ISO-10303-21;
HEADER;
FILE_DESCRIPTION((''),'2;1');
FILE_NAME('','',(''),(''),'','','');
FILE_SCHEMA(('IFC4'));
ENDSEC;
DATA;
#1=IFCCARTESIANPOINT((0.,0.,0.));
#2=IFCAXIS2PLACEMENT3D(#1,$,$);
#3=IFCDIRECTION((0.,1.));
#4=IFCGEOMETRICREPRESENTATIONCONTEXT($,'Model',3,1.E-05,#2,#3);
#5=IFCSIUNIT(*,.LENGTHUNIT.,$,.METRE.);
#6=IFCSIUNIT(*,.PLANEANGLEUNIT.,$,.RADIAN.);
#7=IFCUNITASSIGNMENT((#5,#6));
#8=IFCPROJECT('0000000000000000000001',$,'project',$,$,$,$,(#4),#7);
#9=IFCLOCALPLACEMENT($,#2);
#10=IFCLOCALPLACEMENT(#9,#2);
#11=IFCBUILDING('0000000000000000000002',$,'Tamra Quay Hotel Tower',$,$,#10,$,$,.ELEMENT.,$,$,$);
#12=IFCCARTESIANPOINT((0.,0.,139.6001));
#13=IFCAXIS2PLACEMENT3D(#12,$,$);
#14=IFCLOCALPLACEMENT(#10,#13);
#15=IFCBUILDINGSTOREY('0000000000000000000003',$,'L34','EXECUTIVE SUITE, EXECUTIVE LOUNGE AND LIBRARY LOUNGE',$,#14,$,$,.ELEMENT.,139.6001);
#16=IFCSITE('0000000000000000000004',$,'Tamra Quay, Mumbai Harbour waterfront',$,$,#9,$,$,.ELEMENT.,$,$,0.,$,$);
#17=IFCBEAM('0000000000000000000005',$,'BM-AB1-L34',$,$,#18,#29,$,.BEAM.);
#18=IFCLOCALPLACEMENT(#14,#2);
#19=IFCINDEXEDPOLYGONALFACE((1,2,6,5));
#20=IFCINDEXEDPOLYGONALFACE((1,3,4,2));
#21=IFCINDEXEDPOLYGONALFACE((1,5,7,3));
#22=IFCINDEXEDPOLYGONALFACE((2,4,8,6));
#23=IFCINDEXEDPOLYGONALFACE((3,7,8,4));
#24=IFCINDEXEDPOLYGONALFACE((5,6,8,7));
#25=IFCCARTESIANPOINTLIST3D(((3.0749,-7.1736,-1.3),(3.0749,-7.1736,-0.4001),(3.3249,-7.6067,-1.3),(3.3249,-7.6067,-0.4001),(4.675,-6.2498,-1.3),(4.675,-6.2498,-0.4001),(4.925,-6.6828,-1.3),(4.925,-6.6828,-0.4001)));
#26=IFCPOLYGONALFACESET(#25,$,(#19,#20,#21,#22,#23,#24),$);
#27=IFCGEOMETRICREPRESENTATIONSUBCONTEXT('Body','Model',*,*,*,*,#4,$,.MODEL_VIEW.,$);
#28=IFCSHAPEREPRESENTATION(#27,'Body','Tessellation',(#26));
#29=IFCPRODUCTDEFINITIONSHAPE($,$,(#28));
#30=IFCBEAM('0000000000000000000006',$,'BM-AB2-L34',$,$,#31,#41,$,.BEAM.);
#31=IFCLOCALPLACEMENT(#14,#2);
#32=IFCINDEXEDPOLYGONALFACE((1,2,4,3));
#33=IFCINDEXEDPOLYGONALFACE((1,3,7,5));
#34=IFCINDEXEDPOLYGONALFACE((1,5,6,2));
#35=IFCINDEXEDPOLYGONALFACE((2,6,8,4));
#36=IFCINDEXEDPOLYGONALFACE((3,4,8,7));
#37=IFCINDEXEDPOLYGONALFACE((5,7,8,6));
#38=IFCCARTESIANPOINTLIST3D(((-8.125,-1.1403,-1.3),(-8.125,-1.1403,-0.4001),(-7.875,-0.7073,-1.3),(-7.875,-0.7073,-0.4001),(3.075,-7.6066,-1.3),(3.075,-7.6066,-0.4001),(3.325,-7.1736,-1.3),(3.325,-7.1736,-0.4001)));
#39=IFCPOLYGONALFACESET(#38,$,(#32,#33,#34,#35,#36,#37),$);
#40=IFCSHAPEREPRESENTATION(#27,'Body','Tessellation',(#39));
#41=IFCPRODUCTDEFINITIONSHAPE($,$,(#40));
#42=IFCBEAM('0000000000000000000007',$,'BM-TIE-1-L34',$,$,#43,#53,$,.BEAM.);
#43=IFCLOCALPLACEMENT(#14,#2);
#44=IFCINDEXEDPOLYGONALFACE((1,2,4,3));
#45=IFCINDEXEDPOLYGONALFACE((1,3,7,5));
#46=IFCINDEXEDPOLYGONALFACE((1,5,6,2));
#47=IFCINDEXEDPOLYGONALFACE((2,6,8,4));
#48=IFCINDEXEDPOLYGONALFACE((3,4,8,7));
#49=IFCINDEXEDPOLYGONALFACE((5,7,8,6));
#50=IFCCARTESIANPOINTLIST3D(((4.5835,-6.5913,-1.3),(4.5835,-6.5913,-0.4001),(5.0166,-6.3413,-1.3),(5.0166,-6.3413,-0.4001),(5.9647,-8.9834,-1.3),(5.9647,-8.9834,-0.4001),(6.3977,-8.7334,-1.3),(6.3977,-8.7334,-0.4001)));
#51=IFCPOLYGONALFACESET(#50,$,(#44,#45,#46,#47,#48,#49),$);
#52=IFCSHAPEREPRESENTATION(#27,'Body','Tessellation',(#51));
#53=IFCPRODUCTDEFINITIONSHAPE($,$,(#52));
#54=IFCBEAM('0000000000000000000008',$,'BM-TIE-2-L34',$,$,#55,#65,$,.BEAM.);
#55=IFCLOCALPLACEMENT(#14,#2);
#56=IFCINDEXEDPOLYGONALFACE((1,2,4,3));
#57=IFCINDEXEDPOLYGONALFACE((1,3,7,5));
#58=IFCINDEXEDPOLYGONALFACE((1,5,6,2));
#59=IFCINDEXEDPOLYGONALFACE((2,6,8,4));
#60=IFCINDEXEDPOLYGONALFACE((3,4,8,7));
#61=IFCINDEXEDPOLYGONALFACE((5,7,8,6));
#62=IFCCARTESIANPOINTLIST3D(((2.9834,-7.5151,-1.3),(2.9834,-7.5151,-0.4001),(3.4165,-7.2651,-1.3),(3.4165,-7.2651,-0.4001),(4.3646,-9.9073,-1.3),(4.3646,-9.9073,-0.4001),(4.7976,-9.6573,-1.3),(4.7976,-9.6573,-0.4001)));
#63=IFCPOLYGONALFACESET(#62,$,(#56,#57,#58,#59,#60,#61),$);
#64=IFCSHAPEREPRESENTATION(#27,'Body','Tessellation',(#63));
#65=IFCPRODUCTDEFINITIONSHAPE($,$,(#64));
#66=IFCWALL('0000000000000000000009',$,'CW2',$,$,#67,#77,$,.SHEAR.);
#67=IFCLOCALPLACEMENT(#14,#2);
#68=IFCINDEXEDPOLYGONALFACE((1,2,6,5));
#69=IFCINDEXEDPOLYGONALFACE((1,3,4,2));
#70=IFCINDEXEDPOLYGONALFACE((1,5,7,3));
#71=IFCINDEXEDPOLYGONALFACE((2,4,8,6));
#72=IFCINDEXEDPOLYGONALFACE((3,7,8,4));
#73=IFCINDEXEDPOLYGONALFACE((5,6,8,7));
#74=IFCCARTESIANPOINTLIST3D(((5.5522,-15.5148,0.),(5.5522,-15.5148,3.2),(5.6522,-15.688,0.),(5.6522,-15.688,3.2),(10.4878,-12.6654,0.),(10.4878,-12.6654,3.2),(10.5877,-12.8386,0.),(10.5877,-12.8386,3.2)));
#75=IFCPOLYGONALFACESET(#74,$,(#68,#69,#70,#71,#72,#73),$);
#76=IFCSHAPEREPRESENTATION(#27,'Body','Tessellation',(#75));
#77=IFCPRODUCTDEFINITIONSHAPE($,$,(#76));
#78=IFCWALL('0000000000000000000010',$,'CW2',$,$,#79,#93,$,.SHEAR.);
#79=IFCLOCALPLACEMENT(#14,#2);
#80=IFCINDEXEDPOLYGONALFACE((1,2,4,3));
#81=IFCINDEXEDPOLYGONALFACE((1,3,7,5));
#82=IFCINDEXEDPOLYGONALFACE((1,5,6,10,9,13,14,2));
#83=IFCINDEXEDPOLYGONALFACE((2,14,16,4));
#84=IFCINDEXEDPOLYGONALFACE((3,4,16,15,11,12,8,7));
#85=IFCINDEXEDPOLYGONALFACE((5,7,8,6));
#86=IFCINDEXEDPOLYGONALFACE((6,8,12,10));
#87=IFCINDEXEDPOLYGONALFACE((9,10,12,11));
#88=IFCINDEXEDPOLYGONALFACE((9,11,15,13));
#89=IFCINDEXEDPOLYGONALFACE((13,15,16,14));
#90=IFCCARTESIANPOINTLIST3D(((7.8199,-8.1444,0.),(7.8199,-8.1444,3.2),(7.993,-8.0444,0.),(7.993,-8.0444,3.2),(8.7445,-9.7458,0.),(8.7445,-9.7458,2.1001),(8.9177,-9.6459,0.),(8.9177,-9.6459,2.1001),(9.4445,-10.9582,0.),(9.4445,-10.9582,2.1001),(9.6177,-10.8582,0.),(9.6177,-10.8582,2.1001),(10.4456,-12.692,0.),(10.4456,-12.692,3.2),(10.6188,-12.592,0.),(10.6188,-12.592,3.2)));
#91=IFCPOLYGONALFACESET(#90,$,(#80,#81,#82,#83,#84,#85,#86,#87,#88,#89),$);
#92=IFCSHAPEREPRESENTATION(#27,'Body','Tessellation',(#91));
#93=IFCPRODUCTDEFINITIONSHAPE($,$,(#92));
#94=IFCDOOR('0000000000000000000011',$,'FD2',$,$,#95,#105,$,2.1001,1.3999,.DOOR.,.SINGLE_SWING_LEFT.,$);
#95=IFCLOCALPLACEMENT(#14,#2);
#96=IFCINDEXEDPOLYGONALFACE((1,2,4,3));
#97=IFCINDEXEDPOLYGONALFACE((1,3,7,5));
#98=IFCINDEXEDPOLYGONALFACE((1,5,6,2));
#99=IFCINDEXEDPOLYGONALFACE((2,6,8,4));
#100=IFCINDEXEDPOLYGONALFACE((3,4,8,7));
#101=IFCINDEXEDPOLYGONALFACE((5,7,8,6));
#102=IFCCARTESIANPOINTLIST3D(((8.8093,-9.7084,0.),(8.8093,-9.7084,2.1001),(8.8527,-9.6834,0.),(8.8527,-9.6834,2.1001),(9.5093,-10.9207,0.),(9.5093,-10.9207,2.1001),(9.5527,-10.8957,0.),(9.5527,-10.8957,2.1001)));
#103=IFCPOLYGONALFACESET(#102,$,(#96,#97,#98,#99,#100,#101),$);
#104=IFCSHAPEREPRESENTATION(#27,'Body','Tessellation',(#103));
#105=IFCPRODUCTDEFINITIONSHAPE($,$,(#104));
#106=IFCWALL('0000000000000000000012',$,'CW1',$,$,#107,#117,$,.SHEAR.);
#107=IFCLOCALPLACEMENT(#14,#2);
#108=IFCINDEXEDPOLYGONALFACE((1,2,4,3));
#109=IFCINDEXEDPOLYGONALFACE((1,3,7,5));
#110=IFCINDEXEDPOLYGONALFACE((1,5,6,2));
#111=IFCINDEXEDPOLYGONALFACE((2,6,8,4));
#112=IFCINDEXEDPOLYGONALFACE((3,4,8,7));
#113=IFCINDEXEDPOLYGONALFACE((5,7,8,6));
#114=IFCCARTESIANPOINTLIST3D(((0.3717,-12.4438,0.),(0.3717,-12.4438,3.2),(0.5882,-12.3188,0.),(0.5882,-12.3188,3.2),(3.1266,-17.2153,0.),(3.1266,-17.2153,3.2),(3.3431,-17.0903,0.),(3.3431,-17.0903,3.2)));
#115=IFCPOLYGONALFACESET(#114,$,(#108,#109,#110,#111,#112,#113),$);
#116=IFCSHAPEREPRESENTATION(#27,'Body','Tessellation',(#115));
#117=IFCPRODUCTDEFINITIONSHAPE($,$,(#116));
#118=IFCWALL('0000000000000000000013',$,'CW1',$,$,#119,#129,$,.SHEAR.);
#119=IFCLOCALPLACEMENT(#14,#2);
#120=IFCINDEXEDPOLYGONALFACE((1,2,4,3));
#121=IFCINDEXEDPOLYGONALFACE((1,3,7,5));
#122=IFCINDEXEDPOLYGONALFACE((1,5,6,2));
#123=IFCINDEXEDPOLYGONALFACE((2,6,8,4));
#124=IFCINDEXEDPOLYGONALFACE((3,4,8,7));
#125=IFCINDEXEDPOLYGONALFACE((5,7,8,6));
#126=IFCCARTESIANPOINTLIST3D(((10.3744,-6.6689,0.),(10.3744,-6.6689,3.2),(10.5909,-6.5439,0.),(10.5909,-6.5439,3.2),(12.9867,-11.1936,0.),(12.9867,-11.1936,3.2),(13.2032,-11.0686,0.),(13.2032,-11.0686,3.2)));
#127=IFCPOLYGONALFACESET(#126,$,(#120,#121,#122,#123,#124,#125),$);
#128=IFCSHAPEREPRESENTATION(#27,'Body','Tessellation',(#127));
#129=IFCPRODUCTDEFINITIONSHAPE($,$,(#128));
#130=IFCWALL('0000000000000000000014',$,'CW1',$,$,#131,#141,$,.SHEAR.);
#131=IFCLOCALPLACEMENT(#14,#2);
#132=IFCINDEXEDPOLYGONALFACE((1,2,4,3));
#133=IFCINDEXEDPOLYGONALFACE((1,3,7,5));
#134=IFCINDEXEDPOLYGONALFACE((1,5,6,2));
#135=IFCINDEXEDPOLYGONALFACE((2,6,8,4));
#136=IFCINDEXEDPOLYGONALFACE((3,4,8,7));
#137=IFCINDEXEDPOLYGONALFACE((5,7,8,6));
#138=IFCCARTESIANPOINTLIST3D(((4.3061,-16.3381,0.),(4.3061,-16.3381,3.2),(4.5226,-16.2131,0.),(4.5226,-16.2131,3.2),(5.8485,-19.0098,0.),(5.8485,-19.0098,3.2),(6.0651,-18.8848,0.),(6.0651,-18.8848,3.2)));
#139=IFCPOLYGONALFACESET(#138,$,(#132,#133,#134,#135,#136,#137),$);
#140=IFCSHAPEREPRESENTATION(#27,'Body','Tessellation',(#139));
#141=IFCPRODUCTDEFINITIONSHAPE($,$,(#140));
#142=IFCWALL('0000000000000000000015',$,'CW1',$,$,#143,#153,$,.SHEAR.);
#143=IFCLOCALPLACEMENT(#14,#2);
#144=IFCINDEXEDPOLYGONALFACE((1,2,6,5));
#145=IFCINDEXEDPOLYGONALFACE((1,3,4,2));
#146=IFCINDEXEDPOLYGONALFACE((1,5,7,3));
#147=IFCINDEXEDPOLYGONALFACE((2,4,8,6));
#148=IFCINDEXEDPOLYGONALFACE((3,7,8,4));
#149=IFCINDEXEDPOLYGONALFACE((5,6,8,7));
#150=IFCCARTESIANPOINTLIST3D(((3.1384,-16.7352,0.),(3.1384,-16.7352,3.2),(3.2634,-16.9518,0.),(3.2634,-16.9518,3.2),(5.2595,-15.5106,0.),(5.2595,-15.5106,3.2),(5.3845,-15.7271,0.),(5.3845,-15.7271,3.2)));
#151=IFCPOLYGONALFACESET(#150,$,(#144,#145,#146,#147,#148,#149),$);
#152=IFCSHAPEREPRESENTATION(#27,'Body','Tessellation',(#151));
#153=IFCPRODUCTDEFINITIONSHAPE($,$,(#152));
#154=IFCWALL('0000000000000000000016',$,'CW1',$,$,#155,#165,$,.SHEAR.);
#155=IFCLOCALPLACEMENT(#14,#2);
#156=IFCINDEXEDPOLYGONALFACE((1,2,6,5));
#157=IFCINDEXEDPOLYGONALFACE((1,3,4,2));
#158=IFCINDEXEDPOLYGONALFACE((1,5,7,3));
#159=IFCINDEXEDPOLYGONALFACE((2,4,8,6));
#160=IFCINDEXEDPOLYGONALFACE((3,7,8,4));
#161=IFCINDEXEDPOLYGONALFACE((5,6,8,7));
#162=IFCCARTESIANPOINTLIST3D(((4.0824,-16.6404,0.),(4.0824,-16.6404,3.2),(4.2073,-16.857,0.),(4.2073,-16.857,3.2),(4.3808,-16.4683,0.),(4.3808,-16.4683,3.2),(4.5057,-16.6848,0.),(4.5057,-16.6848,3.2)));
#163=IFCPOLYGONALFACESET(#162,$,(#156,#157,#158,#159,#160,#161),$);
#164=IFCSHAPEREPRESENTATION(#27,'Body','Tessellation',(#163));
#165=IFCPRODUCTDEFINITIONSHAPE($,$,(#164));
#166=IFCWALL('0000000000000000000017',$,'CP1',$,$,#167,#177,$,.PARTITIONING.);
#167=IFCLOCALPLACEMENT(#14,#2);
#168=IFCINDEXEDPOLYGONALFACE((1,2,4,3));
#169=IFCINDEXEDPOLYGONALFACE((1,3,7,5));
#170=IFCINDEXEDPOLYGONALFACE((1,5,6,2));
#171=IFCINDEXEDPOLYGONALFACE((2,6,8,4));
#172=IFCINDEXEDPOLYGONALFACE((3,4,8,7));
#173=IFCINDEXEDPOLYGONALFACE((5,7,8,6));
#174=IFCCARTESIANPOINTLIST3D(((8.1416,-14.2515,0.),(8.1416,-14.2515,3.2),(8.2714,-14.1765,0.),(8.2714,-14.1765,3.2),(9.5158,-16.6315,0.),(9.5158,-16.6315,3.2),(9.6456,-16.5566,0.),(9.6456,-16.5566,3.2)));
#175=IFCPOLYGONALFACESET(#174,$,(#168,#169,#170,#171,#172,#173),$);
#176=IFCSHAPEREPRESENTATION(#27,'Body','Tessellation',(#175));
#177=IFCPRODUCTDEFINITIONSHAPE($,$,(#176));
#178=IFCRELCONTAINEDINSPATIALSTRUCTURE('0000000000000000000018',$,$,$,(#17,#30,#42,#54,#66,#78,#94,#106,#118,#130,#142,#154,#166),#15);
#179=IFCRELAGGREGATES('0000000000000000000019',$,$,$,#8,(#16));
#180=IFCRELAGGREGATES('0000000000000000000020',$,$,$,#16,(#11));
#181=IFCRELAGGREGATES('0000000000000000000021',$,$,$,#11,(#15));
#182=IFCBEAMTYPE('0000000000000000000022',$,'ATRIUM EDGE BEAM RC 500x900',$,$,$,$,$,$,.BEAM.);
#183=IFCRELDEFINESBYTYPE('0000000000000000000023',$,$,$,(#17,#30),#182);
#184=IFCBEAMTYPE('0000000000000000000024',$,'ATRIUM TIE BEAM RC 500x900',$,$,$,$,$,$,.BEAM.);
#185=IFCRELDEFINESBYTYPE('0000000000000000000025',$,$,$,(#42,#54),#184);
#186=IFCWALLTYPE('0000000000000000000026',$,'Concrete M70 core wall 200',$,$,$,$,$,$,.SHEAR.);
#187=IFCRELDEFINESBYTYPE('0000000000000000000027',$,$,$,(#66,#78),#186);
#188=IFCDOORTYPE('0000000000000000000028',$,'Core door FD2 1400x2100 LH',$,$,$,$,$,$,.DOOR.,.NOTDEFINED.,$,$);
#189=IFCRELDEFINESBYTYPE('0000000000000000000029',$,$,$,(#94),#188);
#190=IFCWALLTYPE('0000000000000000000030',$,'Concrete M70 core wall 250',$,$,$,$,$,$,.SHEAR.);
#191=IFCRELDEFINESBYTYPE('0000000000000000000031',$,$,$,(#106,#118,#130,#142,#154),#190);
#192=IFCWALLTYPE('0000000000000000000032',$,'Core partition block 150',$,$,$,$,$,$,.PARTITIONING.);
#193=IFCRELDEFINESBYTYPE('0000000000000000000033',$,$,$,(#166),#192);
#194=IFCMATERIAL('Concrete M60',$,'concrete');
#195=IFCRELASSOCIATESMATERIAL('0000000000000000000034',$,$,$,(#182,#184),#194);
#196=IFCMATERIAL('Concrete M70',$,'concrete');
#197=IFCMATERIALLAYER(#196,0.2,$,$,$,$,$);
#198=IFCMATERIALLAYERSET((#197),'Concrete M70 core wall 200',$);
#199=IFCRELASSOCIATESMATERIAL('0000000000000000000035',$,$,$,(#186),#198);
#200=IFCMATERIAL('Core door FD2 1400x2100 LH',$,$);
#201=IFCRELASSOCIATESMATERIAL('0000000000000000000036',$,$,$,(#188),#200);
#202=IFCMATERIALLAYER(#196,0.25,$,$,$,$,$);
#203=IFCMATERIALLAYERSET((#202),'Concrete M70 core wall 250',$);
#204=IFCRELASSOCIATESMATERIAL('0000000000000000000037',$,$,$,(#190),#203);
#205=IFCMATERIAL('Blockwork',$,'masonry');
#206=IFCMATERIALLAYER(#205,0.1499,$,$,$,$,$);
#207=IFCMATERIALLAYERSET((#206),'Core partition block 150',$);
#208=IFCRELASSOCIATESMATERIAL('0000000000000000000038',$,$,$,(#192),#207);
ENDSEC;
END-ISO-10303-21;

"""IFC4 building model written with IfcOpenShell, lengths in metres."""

from ifc_helpers import new_model, si_unit, direction, frame, frame_2d, origin, origin_2d, place, context, subcontext, project, spatial, rectangle, extrude, material, layer, layer_set, material_profile, profile_set, type_object, element, fill, save


model = new_model("IFC4")

# Units and contexts
model_context = context("Model", 3, precision=1e-05, world=origin(), true_north=direction((0.0, 1.0)))
body_context = subcontext(model_context, "Body", "Model", "MODEL_VIEW")
ifc_project = project(units=[si_unit("LENGTHUNIT", "METRE"), si_unit("PLANEANGLEUNIT", "RADIAN")], contexts=[model_context])

# Site, building, storey
site_placement = place(None, origin())
site = spatial("IfcSite", under=ifc_project, at=site_placement, Name="Tamra Quay, Mumbai Harbour waterfront", CompositionType="ELEMENT", RefElevation=0.0)
building_placement = place(site_placement, origin())
building = spatial("IfcBuilding", under=site, at=building_placement, Name="Tamra Quay Hotel Tower", CompositionType="ELEMENT")
storey_placement = place(building_placement, frame((0.0, 0.0, 139.6001)))
storey = spatial("IfcBuildingStorey", under=building, at=storey_placement, Name="L34", Description="EXECUTIVE SUITE, EXECUTIVE LOUNGE AND LIBRARY LOUNGE", CompositionType="ELEMENT", Elevation=139.6001)

# Beams
ifc_material_1 = material(Name="Concrete M60", Category="concrete")
ifc_material_profile_1 = material_profile(ifc_material_1, rectangle(XDim=0.5, YDim=0.8999, at=origin_2d()), Name="ATRIUM EDGE BEAM RC 500x900")
ifc_profile_set_1 = profile_set([ifc_material_profile_1], Name="Concrete M60")
beam_type_1 = type_object("IfcBeamType", Name="ATRIUM EDGE BEAM RC 500x900", PredefinedType="BEAM", material=ifc_profile_set_1)
beam_1_placement = place(storey_placement, frame((4.8, -6.4663, -0.8501), z_axis=(-0.866023, -0.500005, 0.0), x_axis=(0.500005, -0.866023, 0.0)))
element("IfcBeam", 1, at=beam_1_placement, inside=storey, type_object=beam_type_1, Name="BM-AB1-L34", PredefinedType="BEAM", context=body_context, shape_type="SweptSolid", body=[
    extrude(rectangle(XDim=0.5, YDim=0.8999, at=origin_2d()), origin(), (0.0, 0.0, 1.0), 1.8477),
])
beam_2_placement = place(storey_placement, frame((3.2, -7.3901, -0.8501), z_axis=(-0.866025, 0.500001, 0.0), x_axis=(-0.500001, -0.866025, 0.0)))
element("IfcBeam", 2, at=beam_2_placement, inside=storey, type_object=beam_type_1, Name="BM-AB2-L34", PredefinedType="BEAM", context=body_context, shape_type="SweptSolid", body=[
    extrude(rectangle(XDim=0.5, YDim=0.8999, at=origin_2d()), origin(), (0.0, 0.0, 1.0), 12.9326),
])
ifc_material_profile_2 = material_profile(ifc_material_1, rectangle(XDim=0.5, YDim=0.8999, at=origin_2d()), Name="ATRIUM TIE BEAM RC 500x900")
ifc_profile_set_2 = profile_set([ifc_material_profile_2], Name="Concrete M60")
beam_type_2 = type_object("IfcBeamType", Name="ATRIUM TIE BEAM RC 500x900", PredefinedType="BEAM", material=ifc_profile_set_2)
for number, where, z_axis, x_axis, name in (
    (3, (4.8, -6.4663, -0.8501), (0.500008, -0.866021, 0.0), (0.866021, 0.500008, 0.0), "BM-TIE-1-L34"),
    (4, (3.2, -7.3901, -0.8501), (0.500008, -0.866021, 0.0), (0.866021, 0.500008, 0.0), "BM-TIE-2-L34"),
):
    element("IfcBeam", number, at=place(storey_placement, frame(where, z_axis=z_axis, x_axis=x_axis)), inside=storey, type_object=beam_type_2, Name=name, PredefinedType="BEAM", context=body_context, shape_type="SweptSolid", body=[
        extrude(rectangle(XDim=0.5, YDim=0.8999, at=origin_2d()), origin(), (0.0, 0.0, 1.0), 2.7622),
    ])

# Wall
ifc_material_2 = material(Name="Concrete M70", Category="concrete")
ifc_layer_1 = layer(ifc_material_2, 0.2)
ifc_layer_set_1 = layer_set([ifc_layer_1], Name="Concrete M70 core wall 200")
wall_type_1 = type_object("IfcWallType", Name="Concrete M70 core wall 200", PredefinedType="SHEAR", material=ifc_layer_set_1)
wall_1_placement = place(storey_placement, frame((10.5378, -12.752, 0.0), z_axis=(0.0, 0.0, 1.0), x_axis=(-0.866039, -0.499977, 0.0)))
element("IfcWall", 5, at=wall_1_placement, inside=storey, type_object=wall_type_1, Name="CW2", PredefinedType="SHEAR", context=body_context, shape_type="SweptSolid", body=[
    extrude(rectangle(XDim=5.699, YDim=0.2, at=frame_2d((2.8496, 0.0))), origin(), (0.0, 0.0, 1.0), 3.2),
])

# Wall, opening, door
wall_2_placement = place(storey_placement, frame((7.9065, -8.0945, 0.0), z_axis=(0.0, 0.0, 1.0), x_axis=(0.500024, -0.866011, 0.0)))
wall_2 = element("IfcWall", 6, at=wall_2_placement, inside=storey, type_object=wall_type_1, Name="CW2", PredefinedType="SHEAR", context=body_context, shape_type="SweptSolid", body=[
    extrude(rectangle(XDim=5.2512, YDim=0.2, at=frame_2d((2.6255, 0.0))), origin(), (0.0, 0.0, 1.0), 3.2),
])
opening_1_placement = place(wall_2_placement, frame((1.8491, 0.0, 0.0)))
opening_1 = element("IfcOpeningElement", 7, at=opening_1_placement, cuts=wall_2, PredefinedType="OPENING", context=body_context, shape_type="SweptSolid", body=[
    extrude(rectangle(XDim=1.3999, YDim=2.1001, at=frame_2d((0.7, 1.05))), frame((0.0, 0.1099, 0.0), z_axis=(0.0, -1.0, 0.0), x_axis=(1.0, 0.0, 0.0)), (0.0, 0.0, 1.0), 0.22),
])
ifc_material_3 = material(Name="Core door FD2 1400x2100 LH")
door_type_1 = type_object("IfcDoorType", Name="Core door FD2 1400x2100 LH", OperationType="NOTDEFINED", PredefinedType="DOOR", material=ifc_material_3)
door_1_placement = place(opening_1_placement, origin())
door_1 = element("IfcDoor", 8, at=door_1_placement, inside=storey, type_object=door_type_1, Name="FD2", OperationType="SINGLE_SWING_LEFT", OverallHeight=2.1001, OverallWidth=1.3999, PredefinedType="DOOR", context=body_context, shape_type="SweptSolid", body=[
    extrude(rectangle(XDim=1.3999, YDim=2.1001, at=frame_2d((0.7, 1.05))), frame((0.0, 0.0249, 0.0), z_axis=(0.0, -1.0, 0.0), x_axis=(1.0, 0.0, 0.0)), (0.0, 0.0, 1.0), 0.05),
])
fill(opening_1, door_1)

# Walls
ifc_layer_2 = layer(ifc_material_2, 0.25)
ifc_layer_set_2 = layer_set([ifc_layer_2], Name="Concrete M70 core wall 250")
wall_type_2 = type_object("IfcWallType", Name="Concrete M70 core wall 250", PredefinedType="SHEAR", material=ifc_layer_set_2)
wall_3_placement = place(storey_placement, frame((3.2349, -17.1528, 0.0), z_axis=(0.0, 0.0, 1.0), x_axis=(-0.500009, 0.86602, 0.0)))
element("IfcWall", 9, at=wall_3_placement, inside=storey, type_object=wall_type_2, Name="CW1", PredefinedType="SHEAR", context=body_context, shape_type="SweptSolid", body=[
    extrude(rectangle(XDim=5.5098, YDim=0.25, at=frame_2d((2.7549, 0.0))), origin(), (0.0, 0.0, 1.0), 3.2),
])
wall_4_placement = place(storey_placement, frame((10.4827, -6.6064, 0.0), z_axis=(0.0, 0.0, 1.0), x_axis=(0.499999, -0.866026, 0.0)))
element("IfcWall", 10, at=wall_4_placement, inside=storey, type_object=wall_type_2, Name="CW1", PredefinedType="SHEAR", context=body_context, shape_type="SweptSolid", body=[
    extrude(rectangle(XDim=5.2246, YDim=0.25, at=frame_2d((2.6123, 0.0))), origin(), (0.0, 0.0, 1.0), 3.2),
])
wall_5_placement = place(storey_placement, frame((4.4143, -16.2756, 0.0), z_axis=(0.0, 0.0, 1.0), x_axis=(0.500003, -0.866023, 0.0)))
element("IfcWall", 11, at=wall_5_placement, inside=storey, type_object=wall_type_2, Name="CW1", PredefinedType="SHEAR", context=body_context, shape_type="SweptSolid", body=[
    extrude(rectangle(XDim=3.085, YDim=0.25, at=frame_2d((1.5425, 0.0))), origin(), (0.0, 0.0, 1.0), 3.2),
])
wall_6_placement = place(storey_placement, frame((5.322, -15.6189, 0.0), z_axis=(0.0, 0.0, 1.0), x_axis=(-0.866026, -0.499999, 0.0)))
element("IfcWall", 12, at=wall_6_placement, inside=storey, type_object=wall_type_2, Name="CW1", PredefinedType="SHEAR", context=body_context, shape_type="SweptSolid", body=[
    extrude(rectangle(XDim=2.4492, YDim=0.25, at=frame_2d((1.2246, 0.0))), origin(), (0.0, 0.0, 1.0), 3.2),
])
wall_7_placement = place(storey_placement, frame((4.1448, -16.7488, 0.0), z_axis=(0.0, 0.0, 1.0), x_axis=(0.866186, 0.499722, 0.0)))
element("IfcWall", 13, at=wall_7_placement, inside=storey, type_object=wall_type_2, Name="CW1", PredefinedType="SHEAR", context=body_context, shape_type="SweptSolid", body=[
    extrude(rectangle(XDim=0.3445, YDim=0.25, at=frame_2d((0.1724, 0.0))), origin(), (0.0, 0.0, 1.0), 3.2),
])
ifc_material_4 = material(Name="Blockwork", Category="masonry")
ifc_layer_3 = layer(ifc_material_4, 0.1499)
ifc_layer_set_3 = layer_set([ifc_layer_3], Name="Core partition block 150")
wall_type_3 = type_object("IfcWallType", Name="Core partition block 150", PredefinedType="PARTITIONING", material=ifc_layer_set_3)
wall_8_placement = place(storey_placement, frame((8.2065, -14.2141, 0.0), z_axis=(0.0, 0.0, 1.0), x_axis=(0.500027, -0.86601, 0.0)))
element("IfcWall", 14, at=wall_8_placement, inside=storey, type_object=wall_type_3, Name="CP1", PredefinedType="PARTITIONING", context=body_context, shape_type="SweptSolid", body=[
    extrude(rectangle(XDim=2.7483, YDim=0.1499, at=frame_2d((1.374, 0.0))), origin(), (0.0, 0.0, 1.0), 3.2),
])

save(model, "model.ifc")
